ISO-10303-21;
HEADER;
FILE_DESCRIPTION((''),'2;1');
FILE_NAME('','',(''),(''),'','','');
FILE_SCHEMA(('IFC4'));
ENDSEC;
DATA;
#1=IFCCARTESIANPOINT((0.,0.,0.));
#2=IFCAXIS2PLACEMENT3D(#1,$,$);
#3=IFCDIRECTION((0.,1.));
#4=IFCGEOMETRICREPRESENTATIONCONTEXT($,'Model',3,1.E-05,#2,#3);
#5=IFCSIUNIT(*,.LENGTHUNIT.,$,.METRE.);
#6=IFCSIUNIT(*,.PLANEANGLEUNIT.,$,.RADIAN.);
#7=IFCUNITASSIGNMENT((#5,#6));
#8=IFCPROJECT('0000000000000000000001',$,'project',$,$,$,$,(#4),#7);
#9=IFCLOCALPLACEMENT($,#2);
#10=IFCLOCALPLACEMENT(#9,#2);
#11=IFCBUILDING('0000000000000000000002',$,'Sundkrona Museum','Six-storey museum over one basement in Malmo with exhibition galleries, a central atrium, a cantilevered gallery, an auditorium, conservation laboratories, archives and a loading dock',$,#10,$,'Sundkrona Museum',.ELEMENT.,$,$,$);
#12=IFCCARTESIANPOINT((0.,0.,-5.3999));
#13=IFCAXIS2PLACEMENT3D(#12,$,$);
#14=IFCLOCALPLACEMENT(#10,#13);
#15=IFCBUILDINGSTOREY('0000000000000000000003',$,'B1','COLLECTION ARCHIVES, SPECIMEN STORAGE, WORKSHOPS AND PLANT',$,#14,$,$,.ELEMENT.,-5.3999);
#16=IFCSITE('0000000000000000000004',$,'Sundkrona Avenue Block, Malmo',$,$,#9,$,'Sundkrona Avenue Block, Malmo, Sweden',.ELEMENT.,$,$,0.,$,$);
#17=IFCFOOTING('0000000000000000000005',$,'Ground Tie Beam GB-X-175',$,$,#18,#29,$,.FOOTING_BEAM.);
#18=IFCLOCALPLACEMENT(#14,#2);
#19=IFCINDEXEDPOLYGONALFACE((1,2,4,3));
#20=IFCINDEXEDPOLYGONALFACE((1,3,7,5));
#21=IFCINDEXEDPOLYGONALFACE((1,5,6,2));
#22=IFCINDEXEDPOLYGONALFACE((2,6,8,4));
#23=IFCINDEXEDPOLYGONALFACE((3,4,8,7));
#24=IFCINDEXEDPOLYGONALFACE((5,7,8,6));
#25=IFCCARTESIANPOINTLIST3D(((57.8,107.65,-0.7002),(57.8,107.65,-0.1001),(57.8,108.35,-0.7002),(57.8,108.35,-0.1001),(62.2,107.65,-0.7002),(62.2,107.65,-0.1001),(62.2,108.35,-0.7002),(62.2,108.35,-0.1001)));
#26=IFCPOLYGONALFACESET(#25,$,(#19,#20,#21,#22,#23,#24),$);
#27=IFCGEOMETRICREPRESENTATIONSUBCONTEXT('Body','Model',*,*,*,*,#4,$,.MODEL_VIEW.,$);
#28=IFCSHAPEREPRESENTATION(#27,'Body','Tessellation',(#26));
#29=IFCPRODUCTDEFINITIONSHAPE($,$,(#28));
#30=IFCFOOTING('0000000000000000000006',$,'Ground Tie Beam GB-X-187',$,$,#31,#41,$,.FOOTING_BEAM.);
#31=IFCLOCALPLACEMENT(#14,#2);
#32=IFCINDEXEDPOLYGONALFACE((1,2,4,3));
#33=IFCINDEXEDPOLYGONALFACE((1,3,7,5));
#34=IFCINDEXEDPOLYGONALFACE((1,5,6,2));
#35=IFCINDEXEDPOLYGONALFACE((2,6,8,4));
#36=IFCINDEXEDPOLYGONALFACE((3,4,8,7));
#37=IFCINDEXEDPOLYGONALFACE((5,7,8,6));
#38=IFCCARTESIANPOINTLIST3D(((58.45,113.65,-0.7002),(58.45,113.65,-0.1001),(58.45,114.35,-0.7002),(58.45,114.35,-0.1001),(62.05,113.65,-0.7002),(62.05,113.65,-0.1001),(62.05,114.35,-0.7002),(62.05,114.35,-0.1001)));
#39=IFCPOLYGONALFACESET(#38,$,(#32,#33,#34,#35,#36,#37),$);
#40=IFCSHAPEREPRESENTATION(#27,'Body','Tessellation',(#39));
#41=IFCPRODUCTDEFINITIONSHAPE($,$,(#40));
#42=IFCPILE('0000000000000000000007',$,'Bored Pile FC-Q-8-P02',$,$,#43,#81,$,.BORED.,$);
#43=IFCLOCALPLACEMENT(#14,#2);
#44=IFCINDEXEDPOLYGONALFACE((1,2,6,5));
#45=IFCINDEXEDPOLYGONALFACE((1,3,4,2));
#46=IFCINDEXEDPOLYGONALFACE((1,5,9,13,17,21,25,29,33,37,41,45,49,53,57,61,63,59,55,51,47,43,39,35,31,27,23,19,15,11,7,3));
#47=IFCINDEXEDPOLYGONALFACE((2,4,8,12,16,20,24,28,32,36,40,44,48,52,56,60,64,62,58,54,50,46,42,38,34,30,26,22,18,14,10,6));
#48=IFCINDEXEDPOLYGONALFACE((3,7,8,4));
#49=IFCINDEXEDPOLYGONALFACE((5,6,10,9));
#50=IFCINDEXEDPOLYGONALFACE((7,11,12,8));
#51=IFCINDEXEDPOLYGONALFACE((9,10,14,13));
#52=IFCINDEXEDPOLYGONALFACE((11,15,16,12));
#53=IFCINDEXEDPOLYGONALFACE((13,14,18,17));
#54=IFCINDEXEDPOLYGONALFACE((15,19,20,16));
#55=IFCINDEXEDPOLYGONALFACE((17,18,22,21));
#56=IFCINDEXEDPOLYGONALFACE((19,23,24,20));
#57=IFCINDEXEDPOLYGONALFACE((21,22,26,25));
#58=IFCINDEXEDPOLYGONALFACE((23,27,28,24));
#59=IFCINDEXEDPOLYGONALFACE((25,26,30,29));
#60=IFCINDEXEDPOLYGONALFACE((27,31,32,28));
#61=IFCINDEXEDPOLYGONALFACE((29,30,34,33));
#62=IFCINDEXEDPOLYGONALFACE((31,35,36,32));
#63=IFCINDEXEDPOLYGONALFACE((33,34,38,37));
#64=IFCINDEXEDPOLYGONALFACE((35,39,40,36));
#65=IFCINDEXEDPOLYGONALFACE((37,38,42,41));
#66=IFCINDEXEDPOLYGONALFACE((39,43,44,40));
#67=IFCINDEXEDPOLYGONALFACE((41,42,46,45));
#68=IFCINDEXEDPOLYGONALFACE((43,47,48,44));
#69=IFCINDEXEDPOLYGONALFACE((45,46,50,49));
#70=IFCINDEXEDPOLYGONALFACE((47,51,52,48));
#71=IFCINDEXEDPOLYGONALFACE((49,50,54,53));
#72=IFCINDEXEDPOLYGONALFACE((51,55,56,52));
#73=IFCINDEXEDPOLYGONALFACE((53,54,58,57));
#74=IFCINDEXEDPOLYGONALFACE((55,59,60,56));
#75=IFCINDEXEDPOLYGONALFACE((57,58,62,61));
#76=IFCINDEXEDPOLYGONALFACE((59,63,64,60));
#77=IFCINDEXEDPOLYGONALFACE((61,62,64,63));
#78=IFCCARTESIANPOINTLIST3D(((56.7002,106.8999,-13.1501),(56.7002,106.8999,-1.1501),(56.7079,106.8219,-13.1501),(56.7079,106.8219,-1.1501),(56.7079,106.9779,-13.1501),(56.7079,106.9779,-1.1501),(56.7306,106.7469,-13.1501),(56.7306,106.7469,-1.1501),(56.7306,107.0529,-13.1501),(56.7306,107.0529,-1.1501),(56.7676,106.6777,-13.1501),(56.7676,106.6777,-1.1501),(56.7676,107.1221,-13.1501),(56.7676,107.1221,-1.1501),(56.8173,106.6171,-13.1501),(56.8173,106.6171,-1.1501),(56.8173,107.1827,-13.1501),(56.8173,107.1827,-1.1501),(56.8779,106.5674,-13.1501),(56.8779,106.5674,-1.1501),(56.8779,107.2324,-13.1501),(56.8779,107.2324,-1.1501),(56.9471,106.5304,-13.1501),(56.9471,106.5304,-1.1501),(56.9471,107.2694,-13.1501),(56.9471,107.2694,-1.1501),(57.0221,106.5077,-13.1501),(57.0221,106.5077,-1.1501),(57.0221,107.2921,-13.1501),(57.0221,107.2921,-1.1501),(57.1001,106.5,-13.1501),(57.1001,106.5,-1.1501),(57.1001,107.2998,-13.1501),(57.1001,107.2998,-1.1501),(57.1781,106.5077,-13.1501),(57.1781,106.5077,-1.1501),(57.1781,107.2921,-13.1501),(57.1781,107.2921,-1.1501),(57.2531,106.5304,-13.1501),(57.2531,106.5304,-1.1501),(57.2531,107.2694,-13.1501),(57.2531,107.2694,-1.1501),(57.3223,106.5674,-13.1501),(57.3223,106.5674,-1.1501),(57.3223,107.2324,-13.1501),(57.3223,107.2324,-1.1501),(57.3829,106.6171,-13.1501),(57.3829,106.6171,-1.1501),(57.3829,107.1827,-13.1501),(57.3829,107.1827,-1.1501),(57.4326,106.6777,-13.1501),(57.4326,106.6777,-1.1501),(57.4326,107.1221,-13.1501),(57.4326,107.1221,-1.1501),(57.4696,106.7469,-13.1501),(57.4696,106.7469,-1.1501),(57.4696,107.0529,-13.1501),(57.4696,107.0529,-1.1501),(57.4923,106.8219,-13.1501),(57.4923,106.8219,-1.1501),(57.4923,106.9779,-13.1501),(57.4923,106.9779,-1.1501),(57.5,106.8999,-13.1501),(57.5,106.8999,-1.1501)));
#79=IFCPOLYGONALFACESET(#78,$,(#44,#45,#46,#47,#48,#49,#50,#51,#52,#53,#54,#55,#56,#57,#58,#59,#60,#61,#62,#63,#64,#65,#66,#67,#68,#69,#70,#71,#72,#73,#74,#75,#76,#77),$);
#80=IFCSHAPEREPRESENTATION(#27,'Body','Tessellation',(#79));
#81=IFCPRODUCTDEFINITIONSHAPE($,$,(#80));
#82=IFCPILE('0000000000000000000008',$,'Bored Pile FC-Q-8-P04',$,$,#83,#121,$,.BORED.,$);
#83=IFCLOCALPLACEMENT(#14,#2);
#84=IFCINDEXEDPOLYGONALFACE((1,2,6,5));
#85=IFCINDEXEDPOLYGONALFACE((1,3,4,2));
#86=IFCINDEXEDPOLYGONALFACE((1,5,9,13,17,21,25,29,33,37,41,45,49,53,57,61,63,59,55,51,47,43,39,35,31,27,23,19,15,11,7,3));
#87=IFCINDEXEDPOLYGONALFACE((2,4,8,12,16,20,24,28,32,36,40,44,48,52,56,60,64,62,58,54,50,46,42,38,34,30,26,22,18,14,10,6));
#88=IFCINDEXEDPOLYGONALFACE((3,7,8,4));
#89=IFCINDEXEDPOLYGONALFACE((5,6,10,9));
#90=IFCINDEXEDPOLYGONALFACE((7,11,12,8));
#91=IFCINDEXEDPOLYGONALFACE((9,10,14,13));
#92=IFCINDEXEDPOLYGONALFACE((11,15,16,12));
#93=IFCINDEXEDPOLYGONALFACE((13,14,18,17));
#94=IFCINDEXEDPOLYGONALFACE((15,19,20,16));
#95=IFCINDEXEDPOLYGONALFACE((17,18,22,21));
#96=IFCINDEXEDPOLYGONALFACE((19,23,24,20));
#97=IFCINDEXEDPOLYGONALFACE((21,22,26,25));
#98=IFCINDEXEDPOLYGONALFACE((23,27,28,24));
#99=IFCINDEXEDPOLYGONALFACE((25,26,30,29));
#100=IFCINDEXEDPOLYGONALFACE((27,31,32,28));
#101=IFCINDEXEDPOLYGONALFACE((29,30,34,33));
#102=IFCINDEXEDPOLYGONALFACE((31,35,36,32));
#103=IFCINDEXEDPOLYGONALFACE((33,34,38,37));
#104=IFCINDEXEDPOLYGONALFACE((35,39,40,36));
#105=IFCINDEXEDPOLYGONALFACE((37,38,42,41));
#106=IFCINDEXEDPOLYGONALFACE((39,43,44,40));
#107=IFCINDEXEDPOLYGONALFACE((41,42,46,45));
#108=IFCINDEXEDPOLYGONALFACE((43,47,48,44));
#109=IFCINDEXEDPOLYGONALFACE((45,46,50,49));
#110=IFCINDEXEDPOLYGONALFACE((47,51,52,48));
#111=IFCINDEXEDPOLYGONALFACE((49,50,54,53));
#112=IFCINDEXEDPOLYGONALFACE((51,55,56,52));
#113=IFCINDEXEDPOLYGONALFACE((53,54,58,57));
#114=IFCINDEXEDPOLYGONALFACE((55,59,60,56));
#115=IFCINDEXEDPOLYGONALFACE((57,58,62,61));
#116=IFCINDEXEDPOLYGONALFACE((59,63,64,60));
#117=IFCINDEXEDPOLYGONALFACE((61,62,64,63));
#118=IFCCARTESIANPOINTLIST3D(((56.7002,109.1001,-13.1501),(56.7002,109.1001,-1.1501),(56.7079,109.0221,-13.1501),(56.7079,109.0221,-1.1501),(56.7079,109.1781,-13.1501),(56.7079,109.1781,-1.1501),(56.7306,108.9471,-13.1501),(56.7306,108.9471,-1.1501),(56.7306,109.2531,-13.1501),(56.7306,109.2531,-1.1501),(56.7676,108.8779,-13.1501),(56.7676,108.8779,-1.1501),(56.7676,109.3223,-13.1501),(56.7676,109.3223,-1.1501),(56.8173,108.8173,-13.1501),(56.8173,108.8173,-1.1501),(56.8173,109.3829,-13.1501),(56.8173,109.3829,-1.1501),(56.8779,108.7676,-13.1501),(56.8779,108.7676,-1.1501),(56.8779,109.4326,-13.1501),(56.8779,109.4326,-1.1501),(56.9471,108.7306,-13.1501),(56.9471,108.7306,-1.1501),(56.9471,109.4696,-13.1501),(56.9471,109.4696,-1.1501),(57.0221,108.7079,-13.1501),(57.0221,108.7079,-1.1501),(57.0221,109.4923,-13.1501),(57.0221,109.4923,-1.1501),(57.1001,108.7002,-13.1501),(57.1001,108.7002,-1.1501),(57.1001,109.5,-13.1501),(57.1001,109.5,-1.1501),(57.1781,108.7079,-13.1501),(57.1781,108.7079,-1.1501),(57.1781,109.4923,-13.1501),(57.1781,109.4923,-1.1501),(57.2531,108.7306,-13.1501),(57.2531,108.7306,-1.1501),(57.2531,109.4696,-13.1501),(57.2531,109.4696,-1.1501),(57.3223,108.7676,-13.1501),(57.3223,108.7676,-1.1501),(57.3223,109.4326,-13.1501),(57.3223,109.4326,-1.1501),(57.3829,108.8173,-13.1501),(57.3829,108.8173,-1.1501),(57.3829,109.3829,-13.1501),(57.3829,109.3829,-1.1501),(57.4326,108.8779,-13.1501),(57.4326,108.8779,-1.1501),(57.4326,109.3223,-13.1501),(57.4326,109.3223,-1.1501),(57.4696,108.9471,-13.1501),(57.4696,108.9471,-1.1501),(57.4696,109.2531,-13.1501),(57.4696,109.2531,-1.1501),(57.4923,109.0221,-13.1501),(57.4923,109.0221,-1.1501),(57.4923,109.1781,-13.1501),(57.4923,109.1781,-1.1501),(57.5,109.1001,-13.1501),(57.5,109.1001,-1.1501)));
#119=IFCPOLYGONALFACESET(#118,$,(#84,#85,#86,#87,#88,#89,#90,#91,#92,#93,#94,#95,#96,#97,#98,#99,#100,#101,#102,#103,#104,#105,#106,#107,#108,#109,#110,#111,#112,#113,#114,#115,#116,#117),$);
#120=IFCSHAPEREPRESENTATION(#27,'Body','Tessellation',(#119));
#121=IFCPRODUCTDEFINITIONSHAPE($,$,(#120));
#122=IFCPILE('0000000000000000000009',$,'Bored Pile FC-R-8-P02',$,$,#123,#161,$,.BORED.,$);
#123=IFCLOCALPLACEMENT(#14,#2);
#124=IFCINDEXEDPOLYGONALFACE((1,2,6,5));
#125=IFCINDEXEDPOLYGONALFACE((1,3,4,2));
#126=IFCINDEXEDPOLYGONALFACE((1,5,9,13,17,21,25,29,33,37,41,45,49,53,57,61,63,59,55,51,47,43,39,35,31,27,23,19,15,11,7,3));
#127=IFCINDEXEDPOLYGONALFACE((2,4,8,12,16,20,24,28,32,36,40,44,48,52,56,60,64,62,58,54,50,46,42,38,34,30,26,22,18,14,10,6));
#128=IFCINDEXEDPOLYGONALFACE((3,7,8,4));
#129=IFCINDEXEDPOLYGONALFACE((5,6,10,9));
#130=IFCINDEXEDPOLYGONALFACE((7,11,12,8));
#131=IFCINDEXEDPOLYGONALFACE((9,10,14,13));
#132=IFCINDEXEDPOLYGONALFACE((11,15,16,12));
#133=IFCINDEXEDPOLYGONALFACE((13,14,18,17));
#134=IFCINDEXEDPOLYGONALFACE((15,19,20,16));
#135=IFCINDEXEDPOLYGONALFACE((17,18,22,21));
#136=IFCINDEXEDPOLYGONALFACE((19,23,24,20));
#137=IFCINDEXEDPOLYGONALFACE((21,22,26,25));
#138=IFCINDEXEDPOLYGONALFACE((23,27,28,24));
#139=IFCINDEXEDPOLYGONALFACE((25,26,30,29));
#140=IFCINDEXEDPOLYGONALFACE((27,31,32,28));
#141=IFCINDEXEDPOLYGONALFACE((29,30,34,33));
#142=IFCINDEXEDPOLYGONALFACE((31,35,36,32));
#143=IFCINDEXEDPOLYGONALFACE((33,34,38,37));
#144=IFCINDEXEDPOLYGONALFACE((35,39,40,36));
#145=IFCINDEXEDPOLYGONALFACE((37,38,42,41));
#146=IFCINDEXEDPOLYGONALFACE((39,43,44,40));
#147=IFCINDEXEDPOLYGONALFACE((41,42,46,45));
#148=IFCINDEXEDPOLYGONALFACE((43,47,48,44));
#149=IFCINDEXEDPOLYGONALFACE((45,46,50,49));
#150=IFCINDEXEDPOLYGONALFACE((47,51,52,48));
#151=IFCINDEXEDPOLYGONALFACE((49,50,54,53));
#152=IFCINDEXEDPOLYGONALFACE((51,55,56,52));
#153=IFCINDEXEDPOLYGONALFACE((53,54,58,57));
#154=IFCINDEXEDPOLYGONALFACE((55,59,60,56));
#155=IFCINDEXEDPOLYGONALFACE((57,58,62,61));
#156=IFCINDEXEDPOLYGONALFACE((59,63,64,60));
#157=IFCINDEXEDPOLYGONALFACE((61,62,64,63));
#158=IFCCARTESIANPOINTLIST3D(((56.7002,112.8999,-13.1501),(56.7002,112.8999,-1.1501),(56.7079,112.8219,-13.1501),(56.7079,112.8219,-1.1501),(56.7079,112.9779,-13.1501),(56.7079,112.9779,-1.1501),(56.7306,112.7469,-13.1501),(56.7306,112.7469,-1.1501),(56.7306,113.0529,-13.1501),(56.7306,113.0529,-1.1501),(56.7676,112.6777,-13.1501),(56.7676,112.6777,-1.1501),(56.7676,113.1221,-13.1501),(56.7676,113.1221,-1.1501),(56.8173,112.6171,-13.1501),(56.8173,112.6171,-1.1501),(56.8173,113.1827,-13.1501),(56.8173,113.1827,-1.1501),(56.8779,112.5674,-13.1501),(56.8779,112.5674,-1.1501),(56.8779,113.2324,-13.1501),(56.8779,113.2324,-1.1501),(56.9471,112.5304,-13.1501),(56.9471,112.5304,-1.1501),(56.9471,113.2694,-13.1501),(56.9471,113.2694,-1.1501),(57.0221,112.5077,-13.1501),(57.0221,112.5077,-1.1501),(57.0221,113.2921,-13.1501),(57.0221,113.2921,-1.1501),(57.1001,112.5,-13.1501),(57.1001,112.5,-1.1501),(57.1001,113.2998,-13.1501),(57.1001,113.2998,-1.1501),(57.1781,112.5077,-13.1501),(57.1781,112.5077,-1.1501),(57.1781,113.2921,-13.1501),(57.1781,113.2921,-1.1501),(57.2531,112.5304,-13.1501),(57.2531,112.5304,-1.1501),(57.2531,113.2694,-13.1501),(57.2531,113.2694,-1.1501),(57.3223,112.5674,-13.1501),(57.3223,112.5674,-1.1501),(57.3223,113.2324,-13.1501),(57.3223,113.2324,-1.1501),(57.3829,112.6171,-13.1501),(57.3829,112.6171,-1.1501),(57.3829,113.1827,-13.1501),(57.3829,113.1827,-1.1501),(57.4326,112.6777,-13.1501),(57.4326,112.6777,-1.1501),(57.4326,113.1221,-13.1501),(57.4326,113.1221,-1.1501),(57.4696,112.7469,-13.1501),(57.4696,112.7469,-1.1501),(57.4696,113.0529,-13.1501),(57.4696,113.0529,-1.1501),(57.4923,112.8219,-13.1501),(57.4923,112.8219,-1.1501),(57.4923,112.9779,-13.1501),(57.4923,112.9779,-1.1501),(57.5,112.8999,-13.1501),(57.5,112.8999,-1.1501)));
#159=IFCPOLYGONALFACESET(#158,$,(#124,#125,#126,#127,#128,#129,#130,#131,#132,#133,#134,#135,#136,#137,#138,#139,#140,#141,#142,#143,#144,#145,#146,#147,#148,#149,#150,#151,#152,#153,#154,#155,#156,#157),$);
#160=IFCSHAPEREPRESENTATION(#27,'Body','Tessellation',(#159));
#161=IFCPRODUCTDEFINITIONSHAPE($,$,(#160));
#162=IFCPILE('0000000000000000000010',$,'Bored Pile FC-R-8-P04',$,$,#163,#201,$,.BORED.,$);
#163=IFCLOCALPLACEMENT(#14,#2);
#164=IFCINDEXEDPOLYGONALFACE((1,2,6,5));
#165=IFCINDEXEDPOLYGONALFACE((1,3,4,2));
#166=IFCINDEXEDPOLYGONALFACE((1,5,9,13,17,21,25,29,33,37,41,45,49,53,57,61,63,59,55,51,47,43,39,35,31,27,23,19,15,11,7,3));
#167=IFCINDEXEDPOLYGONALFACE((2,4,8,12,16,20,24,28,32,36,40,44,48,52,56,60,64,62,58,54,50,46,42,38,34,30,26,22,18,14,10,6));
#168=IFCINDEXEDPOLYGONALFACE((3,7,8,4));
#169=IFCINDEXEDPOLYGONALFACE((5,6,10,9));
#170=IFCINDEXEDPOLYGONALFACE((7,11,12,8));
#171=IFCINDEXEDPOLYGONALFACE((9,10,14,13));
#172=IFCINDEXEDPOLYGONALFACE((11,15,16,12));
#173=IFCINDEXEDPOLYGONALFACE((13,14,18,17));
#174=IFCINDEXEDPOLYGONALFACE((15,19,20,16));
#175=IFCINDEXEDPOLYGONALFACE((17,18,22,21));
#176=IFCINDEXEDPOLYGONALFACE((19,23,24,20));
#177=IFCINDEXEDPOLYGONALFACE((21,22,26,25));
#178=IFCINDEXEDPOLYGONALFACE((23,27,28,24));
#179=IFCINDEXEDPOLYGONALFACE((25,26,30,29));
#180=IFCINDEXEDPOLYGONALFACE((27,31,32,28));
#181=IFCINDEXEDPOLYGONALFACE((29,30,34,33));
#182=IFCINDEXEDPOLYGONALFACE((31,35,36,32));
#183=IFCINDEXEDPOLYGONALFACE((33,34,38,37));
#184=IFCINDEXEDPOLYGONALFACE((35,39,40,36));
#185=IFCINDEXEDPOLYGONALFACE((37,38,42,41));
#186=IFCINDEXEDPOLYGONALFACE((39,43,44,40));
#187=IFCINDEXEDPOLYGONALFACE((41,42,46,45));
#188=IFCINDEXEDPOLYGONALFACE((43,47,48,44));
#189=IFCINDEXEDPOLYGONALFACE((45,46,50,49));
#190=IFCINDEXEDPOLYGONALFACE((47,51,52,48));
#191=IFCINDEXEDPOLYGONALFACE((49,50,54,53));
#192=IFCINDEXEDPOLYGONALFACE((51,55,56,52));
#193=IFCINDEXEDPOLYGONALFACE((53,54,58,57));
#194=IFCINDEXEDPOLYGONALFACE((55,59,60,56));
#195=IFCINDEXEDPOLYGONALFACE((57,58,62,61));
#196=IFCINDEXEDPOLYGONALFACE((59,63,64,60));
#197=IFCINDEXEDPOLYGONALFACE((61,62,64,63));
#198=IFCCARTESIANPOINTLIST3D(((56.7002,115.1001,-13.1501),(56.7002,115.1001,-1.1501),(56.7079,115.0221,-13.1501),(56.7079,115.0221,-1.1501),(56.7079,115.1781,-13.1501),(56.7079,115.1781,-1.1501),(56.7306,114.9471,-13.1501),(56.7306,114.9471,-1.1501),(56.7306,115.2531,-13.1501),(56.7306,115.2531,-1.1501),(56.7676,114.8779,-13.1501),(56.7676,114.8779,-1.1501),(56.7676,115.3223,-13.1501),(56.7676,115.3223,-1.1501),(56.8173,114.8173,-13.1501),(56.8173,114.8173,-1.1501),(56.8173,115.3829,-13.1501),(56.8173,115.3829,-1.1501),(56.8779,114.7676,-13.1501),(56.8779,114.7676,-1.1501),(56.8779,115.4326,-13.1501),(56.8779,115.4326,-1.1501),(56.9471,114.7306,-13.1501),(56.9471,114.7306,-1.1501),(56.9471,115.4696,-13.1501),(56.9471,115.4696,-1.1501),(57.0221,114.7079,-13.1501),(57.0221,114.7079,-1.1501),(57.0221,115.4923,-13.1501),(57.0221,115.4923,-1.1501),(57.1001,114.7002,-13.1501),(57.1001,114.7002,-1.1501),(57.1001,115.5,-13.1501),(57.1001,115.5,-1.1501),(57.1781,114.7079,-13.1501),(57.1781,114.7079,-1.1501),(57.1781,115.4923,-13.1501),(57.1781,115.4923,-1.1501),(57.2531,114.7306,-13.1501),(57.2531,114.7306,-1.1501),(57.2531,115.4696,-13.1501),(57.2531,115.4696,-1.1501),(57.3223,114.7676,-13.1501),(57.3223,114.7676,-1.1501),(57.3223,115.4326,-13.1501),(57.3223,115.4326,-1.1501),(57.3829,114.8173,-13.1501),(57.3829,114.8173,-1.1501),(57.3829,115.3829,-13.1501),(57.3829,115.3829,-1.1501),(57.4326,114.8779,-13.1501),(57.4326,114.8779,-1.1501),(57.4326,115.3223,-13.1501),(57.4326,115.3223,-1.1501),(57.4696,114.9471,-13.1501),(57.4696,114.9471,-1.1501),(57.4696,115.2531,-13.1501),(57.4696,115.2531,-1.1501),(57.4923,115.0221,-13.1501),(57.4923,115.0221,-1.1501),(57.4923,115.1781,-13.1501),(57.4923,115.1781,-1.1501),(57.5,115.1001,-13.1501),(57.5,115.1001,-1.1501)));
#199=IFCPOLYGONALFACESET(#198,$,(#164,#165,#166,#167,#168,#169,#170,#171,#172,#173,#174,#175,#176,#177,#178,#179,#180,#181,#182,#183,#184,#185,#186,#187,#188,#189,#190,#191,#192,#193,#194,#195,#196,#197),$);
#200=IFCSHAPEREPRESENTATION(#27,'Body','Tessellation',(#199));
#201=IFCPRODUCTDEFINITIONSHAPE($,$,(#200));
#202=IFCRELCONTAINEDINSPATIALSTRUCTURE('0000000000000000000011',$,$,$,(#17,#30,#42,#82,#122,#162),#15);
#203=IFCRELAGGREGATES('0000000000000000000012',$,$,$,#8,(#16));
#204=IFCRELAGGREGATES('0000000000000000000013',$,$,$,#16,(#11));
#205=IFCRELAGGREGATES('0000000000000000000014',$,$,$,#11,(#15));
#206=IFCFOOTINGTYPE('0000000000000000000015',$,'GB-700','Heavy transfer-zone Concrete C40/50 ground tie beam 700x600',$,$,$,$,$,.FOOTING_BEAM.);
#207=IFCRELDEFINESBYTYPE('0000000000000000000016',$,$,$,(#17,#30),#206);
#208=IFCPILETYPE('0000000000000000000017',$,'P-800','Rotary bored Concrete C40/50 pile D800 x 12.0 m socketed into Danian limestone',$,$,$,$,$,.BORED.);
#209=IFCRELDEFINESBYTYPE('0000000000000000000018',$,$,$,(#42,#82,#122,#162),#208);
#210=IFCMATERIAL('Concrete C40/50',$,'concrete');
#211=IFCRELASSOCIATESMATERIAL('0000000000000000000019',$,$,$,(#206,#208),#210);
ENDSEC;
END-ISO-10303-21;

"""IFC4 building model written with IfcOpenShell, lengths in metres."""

from ifc_helpers import new_model, si_unit, direction, frame, origin, origin_2d, place, context, subcontext, project, spatial, rectangle, circle, extrude, material, material_profile, profile_set, type_object, element, save


model = new_model("IFC4")

# Units and contexts
model_context = context("Model", 3, precision=1e-05, world=origin(), true_north=direction((0.0, 1.0)))
body_context = subcontext(model_context, "Body", "Model", "MODEL_VIEW")
ifc_project = project(units=[si_unit("LENGTHUNIT", "METRE"), si_unit("PLANEANGLEUNIT", "RADIAN")], contexts=[model_context])

# Site, building, storey
site_placement = place(None, origin())
site = spatial("IfcSite", under=ifc_project, at=site_placement, Name="Sundkrona Avenue Block, Malmo", LongName="Sundkrona Avenue Block, Malmo, Sweden", CompositionType="ELEMENT", RefElevation=0.0)
building_placement = place(site_placement, origin())
building = spatial("IfcBuilding", under=site, at=building_placement, Name="Sundkrona Museum", Description="Six-storey museum over one basement in Malmo with exhibition galleries, a central atrium, a cantilevered gallery, an auditorium, conservation laboratories, archives and a loading dock", LongName="Sundkrona Museum", CompositionType="ELEMENT")
storey_placement = place(building_placement, frame((0.0, 0.0, -5.3999)))
storey = spatial("IfcBuildingStorey", under=building, at=storey_placement, Name="B1", Description="COLLECTION ARCHIVES, SPECIMEN STORAGE, WORKSHOPS AND PLANT", CompositionType="ELEMENT", Elevation=-5.3999)

# Footings
ifc_material_1 = material(Name="Concrete C40/50", Category="concrete")
footing_type_1 = type_object("IfcFootingType", Name="GB-700", Description="Heavy transfer-zone Concrete C40/50 ground tie beam 700x600", PredefinedType="FOOTING_BEAM", material=ifc_material_1)
footing_1_placement = place(storey_placement, frame((60.0, 108.0, -0.7002), z_axis=(0.0, 0.0, 1.0), x_axis=(1.0, 0.0, 0.0)))
element("IfcFooting", 1, at=footing_1_placement, inside=storey, type_object=footing_type_1, Name="Ground Tie Beam GB-X-175", PredefinedType="FOOTING_BEAM", context=body_context, shape_type="SweptSolid", body=[
    extrude(rectangle(XDim=4.3999, YDim=0.7, at=origin_2d()), origin(), (0.0, 0.0, 1.0), 0.6001),
])
footing_2_placement = place(storey_placement, frame((60.25, 114.0, -0.7002), z_axis=(0.0, 0.0, 1.0), x_axis=(1.0, 0.0, 0.0)))
element("IfcFooting", 2, at=footing_2_placement, inside=storey, type_object=footing_type_1, Name="Ground Tie Beam GB-X-187", PredefinedType="FOOTING_BEAM", context=body_context, shape_type="SweptSolid", body=[
    extrude(rectangle(XDim=3.6001, YDim=0.7, at=origin_2d()), origin(), (0.0, 0.0, 1.0), 0.6001),
])

# Piles
ifc_material_profile_1 = material_profile(ifc_material_1, circle(Radius=0.3999, at=origin_2d()), Name="PILE D800")
ifc_profile_set_1 = profile_set([ifc_material_profile_1], Name="Concrete C40/50")
pile_type = type_object("IfcPileType", Name="P-800", Description="Rotary bored Concrete C40/50 pile D800 x 12.0 m socketed into Danian limestone", PredefinedType="BORED", material=ifc_profile_set_1)
for number, where, z_axis, x_axis, name in (
    (3, (57.1001, 106.8999, -1.1501), (0.0, 0.0, -1.0), (1.0, 0.0, 0.0), "Bored Pile FC-Q-8-P02"),
    (4, (57.1001, 109.1001, -1.1501), (0.0, 0.0, -1.0), (1.0, 0.0, 0.0), "Bored Pile FC-Q-8-P04"),
    (5, (57.1001, 112.8999, -1.1501), (0.0, 0.0, -1.0), (1.0, 0.0, 0.0), "Bored Pile FC-R-8-P02"),
    (6, (57.1001, 115.1001, -1.1501), (0.0, 0.0, -1.0), (1.0, 0.0, 0.0), "Bored Pile FC-R-8-P04"),
):
    element("IfcPile", number, at=place(storey_placement, frame(where, z_axis=z_axis, x_axis=x_axis)), inside=storey, type_object=pile_type, Name=name, PredefinedType="BORED", context=body_context, shape_type="SweptSolid", body=[
        extrude(circle(Radius=0.3999, at=origin_2d()), origin(), (0.0, 0.0, 1.0), 12.0),
    ])

save(model, "model.ifc")
